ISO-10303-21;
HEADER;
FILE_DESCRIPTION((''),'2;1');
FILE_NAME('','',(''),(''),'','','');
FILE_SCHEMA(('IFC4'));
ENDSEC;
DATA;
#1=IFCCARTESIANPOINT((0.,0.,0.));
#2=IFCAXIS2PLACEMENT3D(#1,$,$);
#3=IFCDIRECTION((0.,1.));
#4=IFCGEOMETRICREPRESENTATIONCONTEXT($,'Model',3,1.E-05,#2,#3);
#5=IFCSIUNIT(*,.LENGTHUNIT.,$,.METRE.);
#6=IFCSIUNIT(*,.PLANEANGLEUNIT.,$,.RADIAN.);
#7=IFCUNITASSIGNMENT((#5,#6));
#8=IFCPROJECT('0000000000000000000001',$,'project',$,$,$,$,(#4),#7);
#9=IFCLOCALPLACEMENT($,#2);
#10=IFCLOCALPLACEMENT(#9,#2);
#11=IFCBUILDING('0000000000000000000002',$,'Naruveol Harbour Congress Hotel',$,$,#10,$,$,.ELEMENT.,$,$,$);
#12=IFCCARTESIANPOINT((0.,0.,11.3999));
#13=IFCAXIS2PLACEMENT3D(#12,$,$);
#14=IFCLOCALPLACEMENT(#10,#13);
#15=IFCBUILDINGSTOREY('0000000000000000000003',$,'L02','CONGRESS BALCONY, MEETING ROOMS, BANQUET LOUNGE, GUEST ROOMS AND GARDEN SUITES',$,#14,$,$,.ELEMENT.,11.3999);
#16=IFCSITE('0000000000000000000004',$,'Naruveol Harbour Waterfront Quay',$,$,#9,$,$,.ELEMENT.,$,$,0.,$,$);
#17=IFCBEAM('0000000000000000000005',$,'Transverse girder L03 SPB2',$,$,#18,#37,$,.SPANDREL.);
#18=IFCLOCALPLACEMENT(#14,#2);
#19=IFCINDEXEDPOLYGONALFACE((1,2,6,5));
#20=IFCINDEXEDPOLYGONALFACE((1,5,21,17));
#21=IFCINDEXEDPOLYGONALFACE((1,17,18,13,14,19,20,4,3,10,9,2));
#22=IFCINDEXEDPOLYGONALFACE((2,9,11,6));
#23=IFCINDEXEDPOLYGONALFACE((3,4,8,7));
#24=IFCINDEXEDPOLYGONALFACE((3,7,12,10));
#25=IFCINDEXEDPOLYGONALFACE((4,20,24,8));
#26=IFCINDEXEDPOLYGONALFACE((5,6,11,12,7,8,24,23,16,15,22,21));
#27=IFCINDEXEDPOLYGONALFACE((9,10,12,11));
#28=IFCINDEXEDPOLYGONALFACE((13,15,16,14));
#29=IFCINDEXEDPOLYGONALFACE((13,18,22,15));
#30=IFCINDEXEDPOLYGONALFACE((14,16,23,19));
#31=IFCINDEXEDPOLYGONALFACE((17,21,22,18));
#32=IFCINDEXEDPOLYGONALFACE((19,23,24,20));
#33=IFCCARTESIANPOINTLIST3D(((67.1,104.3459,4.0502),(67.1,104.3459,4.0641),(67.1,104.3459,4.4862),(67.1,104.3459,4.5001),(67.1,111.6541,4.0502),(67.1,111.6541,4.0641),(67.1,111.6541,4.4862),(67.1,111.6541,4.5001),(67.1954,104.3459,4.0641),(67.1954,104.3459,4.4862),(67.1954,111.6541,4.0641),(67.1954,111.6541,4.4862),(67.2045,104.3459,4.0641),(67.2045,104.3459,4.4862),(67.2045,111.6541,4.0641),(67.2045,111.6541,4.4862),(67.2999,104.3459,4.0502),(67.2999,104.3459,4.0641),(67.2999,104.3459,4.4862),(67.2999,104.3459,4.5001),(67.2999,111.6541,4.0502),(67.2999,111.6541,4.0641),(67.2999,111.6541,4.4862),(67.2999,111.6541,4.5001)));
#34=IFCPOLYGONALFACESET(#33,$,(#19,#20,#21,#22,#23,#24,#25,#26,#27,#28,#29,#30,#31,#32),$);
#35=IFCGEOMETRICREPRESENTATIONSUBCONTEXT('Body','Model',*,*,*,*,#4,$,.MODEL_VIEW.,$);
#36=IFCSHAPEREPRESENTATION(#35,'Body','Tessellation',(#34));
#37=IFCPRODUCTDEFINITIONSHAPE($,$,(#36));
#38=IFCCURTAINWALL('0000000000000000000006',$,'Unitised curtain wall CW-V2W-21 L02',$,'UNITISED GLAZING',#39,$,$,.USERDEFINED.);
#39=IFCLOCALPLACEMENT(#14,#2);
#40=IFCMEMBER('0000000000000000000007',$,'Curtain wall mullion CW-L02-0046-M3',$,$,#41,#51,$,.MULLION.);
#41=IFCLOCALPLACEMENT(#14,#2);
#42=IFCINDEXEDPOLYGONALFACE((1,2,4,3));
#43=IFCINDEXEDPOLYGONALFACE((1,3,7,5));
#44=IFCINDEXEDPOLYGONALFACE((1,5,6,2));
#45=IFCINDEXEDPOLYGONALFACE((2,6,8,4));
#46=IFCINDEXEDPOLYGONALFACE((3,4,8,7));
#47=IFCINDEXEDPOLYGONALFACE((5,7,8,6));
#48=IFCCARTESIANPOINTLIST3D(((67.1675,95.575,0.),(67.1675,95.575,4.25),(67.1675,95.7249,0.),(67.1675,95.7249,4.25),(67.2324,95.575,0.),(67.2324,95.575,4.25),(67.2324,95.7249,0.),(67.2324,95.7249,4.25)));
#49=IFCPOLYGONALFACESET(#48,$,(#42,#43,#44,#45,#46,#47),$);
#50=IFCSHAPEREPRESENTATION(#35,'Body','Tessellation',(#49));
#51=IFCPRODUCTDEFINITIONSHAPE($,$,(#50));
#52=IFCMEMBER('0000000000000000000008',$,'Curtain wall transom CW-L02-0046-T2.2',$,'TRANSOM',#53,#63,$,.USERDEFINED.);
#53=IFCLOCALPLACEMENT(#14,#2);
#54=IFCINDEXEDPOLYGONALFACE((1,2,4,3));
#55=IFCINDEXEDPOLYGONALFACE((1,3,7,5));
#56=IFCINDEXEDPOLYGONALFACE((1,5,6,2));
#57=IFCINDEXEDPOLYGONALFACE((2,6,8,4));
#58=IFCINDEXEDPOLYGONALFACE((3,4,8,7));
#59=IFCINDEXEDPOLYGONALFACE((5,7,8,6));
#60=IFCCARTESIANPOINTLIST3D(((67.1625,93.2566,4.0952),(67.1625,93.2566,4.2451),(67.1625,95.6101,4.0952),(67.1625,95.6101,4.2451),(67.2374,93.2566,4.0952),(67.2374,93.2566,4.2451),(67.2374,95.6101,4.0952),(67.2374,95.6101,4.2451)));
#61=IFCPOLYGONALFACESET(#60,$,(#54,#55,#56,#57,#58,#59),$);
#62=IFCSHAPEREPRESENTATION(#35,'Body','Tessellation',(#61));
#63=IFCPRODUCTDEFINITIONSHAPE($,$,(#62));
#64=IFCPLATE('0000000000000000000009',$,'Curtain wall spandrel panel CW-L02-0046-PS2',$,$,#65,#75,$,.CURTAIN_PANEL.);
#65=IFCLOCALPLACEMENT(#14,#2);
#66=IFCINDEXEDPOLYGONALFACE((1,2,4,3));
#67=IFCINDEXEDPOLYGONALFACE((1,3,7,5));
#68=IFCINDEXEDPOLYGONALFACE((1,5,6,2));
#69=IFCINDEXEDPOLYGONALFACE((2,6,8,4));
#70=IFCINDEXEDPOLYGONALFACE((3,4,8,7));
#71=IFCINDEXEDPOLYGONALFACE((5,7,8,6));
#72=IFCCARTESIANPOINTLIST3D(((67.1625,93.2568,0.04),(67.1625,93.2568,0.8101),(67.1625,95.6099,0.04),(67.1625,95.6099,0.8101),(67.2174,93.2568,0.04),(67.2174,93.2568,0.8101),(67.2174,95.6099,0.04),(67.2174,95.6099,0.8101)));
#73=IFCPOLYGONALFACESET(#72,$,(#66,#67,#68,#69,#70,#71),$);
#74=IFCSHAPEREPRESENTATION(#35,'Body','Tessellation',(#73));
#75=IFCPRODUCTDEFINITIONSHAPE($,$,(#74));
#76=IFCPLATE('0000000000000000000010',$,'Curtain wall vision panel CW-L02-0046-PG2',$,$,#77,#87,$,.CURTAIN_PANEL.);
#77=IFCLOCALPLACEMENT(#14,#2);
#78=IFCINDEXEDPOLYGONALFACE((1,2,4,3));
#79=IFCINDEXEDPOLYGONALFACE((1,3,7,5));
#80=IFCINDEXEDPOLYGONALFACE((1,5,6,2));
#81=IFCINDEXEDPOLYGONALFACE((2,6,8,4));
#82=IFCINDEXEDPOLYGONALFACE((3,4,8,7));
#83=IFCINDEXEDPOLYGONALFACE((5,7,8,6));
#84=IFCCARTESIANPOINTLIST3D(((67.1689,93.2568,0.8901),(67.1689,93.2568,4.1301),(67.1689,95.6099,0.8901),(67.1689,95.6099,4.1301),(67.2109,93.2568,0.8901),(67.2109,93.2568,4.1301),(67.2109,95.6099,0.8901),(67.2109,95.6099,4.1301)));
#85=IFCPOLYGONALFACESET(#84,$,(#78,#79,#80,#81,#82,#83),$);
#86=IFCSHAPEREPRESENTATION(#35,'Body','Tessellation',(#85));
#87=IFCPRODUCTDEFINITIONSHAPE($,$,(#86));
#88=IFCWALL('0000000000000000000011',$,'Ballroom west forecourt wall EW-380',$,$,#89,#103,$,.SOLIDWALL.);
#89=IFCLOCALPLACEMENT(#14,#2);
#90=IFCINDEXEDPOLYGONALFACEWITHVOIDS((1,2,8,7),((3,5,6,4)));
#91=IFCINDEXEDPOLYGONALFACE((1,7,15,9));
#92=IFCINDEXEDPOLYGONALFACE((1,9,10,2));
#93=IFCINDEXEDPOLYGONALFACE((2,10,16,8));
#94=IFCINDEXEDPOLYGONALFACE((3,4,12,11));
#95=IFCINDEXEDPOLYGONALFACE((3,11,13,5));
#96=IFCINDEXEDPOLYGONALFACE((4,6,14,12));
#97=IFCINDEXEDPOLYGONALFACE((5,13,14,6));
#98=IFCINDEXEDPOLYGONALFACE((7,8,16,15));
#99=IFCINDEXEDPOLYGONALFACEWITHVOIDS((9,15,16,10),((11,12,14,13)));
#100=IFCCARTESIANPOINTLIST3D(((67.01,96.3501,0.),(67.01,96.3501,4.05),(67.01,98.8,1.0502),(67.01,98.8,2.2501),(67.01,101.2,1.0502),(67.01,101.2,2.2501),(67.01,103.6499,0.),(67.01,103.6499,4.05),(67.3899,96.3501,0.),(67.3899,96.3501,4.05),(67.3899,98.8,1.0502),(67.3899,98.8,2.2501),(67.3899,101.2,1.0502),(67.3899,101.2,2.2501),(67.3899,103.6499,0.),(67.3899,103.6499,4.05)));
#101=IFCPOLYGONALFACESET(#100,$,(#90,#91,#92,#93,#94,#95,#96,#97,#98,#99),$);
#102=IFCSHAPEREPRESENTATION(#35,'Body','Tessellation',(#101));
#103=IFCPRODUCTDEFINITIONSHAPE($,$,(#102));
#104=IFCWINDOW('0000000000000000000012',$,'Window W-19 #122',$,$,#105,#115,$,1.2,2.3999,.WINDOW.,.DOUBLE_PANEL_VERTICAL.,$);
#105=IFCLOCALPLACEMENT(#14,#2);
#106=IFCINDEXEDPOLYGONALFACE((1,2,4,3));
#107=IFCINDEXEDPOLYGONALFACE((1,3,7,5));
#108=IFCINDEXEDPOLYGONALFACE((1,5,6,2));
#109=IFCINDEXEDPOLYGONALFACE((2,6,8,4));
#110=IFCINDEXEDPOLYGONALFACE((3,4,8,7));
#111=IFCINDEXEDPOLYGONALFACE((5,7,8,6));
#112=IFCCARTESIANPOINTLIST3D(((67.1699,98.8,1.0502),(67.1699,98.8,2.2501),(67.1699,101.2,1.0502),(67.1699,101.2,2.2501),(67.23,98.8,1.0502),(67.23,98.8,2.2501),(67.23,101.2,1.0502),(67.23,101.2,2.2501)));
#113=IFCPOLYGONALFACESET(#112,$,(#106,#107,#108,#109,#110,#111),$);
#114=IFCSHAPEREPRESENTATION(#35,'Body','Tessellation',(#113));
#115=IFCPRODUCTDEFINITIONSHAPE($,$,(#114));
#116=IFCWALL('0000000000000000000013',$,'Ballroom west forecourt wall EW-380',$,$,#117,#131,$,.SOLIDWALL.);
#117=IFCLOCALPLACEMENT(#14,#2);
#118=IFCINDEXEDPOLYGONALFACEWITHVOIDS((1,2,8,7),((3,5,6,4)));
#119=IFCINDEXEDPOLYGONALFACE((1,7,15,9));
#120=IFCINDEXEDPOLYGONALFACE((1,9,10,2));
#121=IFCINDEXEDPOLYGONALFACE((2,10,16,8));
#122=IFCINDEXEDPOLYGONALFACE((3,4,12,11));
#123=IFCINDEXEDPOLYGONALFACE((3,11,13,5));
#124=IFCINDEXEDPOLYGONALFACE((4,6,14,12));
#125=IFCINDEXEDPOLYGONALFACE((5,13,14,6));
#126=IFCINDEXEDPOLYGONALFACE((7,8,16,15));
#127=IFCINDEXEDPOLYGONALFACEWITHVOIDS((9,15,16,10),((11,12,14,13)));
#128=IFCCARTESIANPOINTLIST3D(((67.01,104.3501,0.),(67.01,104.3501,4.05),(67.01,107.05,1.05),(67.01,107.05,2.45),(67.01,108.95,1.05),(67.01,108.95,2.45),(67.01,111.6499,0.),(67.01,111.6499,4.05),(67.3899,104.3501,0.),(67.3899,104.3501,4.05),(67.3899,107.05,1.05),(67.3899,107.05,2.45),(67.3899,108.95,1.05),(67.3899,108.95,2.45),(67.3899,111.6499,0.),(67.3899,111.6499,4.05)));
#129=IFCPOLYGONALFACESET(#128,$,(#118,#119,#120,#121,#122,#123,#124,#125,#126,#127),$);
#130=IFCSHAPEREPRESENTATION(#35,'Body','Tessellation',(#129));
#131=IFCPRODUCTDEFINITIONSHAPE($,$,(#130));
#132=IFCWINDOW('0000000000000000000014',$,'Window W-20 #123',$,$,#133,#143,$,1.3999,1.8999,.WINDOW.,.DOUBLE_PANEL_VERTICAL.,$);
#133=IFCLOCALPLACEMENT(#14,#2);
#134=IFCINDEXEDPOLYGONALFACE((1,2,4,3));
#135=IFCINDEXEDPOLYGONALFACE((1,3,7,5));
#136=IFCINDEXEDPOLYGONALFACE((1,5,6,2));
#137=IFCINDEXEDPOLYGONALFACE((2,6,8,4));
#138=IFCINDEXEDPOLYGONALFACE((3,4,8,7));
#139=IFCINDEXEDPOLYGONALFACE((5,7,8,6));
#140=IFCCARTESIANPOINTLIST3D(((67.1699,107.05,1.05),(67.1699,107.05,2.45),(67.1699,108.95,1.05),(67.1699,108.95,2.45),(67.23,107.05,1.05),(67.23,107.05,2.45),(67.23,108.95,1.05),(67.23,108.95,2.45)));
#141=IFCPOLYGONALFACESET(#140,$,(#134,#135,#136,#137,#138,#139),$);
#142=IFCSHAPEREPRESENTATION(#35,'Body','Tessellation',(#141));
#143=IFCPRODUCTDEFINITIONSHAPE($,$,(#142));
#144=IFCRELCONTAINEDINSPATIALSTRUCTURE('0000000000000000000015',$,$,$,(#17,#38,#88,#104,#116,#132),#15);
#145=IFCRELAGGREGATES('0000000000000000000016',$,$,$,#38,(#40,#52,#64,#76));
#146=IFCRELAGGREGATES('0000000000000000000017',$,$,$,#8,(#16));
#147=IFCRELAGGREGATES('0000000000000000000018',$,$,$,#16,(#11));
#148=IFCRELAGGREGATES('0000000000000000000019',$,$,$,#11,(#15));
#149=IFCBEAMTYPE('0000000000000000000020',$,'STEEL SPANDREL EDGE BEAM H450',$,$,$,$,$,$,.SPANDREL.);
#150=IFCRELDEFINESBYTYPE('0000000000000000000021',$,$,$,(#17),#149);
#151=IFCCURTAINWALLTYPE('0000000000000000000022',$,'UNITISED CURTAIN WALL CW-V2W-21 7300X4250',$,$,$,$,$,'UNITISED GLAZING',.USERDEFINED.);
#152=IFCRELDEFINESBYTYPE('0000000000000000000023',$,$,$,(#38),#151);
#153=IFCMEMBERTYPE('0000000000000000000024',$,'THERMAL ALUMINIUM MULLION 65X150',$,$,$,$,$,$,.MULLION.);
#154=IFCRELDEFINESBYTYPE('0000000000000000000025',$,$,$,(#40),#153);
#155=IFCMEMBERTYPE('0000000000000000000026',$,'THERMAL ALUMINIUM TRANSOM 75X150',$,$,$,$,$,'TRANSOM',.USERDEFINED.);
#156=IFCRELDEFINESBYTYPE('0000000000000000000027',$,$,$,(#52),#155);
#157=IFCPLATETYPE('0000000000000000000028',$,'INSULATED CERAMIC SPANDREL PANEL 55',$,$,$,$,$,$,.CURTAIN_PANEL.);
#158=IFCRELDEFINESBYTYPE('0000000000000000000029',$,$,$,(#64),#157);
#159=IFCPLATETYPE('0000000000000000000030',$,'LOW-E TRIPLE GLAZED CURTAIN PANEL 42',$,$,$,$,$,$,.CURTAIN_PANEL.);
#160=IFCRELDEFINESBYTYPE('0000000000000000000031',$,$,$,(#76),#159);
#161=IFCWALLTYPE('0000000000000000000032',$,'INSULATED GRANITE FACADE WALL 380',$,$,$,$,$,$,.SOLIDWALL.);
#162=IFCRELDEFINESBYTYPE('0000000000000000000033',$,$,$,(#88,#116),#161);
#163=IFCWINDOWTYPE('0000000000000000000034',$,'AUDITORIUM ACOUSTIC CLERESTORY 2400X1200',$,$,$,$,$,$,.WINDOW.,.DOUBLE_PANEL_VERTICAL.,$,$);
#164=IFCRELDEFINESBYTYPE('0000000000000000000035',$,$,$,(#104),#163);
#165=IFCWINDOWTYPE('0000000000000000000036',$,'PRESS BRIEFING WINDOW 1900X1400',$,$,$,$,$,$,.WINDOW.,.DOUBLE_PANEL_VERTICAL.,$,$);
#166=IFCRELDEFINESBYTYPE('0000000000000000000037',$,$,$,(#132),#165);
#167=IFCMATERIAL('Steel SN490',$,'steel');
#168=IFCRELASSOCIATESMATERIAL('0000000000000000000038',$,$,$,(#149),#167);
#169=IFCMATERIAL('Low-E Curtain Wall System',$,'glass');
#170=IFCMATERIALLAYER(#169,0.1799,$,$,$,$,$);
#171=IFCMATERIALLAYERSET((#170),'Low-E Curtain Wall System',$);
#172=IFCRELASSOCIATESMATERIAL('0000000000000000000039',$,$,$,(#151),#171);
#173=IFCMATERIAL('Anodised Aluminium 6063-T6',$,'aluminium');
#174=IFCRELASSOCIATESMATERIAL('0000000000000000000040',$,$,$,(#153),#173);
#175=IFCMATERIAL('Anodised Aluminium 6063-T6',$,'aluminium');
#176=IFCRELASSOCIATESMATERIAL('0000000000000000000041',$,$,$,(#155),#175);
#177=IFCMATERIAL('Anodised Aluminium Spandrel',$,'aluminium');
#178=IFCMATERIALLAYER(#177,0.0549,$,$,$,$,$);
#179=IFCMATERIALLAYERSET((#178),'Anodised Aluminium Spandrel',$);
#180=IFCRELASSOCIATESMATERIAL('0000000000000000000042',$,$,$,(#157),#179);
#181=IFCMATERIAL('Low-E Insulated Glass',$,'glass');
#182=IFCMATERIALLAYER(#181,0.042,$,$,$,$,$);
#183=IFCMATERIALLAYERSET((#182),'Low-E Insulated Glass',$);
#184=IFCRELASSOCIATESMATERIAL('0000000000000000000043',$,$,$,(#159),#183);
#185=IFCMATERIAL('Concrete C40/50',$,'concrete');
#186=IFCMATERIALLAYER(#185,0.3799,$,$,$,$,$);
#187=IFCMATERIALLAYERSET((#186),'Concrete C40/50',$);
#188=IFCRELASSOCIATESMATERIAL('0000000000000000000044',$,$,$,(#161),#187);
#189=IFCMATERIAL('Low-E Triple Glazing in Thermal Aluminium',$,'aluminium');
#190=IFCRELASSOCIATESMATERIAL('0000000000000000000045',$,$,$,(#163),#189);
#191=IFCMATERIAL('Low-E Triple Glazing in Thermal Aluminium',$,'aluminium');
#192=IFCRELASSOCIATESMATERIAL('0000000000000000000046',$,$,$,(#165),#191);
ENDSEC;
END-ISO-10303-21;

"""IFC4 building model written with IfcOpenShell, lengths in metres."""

from ifc_helpers import new_model, si_unit, direction, frame, frame_2d, origin, origin_2d, place, context, subcontext, project, spatial, rectangle, i_section, extrude, material, layer, layer_set, material_profile, profile_set, type_object, element, fill, aggregate, save


model = new_model("IFC4")

# Units and contexts
model_context = context("Model", 3, precision=1e-05, world=origin(), true_north=direction((0.0, 1.0)))
body_context = subcontext(model_context, "Body", "Model", "MODEL_VIEW")
ifc_project = project(units=[si_unit("LENGTHUNIT", "METRE"), si_unit("PLANEANGLEUNIT", "RADIAN")], contexts=[model_context])

# Site, building, storey
site_placement = place(None, origin())
site = spatial("IfcSite", under=ifc_project, at=site_placement, Name="Naruveol Harbour Waterfront Quay", CompositionType="ELEMENT", RefElevation=0.0)
building_placement = place(site_placement, origin())
building = spatial("IfcBuilding", under=site, at=building_placement, Name="Naruveol Harbour Congress Hotel", CompositionType="ELEMENT")
storey_placement = place(building_placement, frame((0.0, 0.0, 11.3999)))
storey = spatial("IfcBuildingStorey", under=building, at=storey_placement, Name="L02", Description="CONGRESS BALCONY, MEETING ROOMS, BANQUET LOUNGE, GUEST ROOMS AND GARDEN SUITES", CompositionType="ELEMENT", Elevation=11.3999)

# Beam
ifc_material_1 = material(Name="Steel SN490", Category="steel")
ifc_material_profile_1 = material_profile(ifc_material_1, i_section(OverallWidth=0.2, OverallDepth=0.45, WebThickness=0.009, FlangeThickness=0.0139, at=origin_2d()), Name="H-450x200x9x14")
ifc_profile_set_1 = profile_set([ifc_material_profile_1], Name="Steel SN490")
beam_type_1 = type_object("IfcBeamType", Name="STEEL SPANDREL EDGE BEAM H450", PredefinedType="SPANDREL", material=ifc_profile_set_1)
for number, where, z_axis, x_axis, name in (
    (1, (67.2, 104.3459, 4.2751), (0.0, 1.0, 0.0), (-1.0, 0.0, 0.0), "Transverse girder L03 SPB2"),
):
    element("IfcBeam", number, at=place(storey_placement, frame(where, z_axis=z_axis, x_axis=x_axis)), inside=storey, type_object=beam_type_1, Name=name, PredefinedType="SPANDREL", context=body_context, shape_type="SweptSolid", body=[
        extrude(i_section(OverallWidth=0.2, OverallDepth=0.45, WebThickness=0.009, FlangeThickness=0.0139, at=origin_2d()), origin(), (0.0, 0.0, 1.0), 7.3081),
    ])

# Curtain wall, members, plates
ifc_material_2 = material(Name="Low-E Curtain Wall System", Category="glass")
ifc_layer_1 = layer(ifc_material_2, 0.1799)
ifc_layer_set_1 = layer_set([ifc_layer_1], Name="Low-E Curtain Wall System")
curtain_wall_type = type_object("IfcCurtainWallType", Name="UNITISED CURTAIN WALL CW-V2W-21 7300X4250", ElementType="UNITISED GLAZING", PredefinedType="USERDEFINED", material=ifc_layer_set_1)
curtain_wall_placement = place(storey_placement, origin())
curtain_wall = element("IfcCurtainWall", 2, at=curtain_wall_placement, inside=storey, type_object=curtain_wall_type, Name="Unitised curtain wall CW-V2W-21 L02", ObjectType="UNITISED GLAZING", PredefinedType="USERDEFINED")
ifc_material_3 = material(Name="Anodised Aluminium 6063-T6", Category="aluminium")
ifc_material_profile_2 = material_profile(ifc_material_3, rectangle(XDim=0.0649, YDim=0.1499, at=origin_2d()), Name="ALU-65x150")
ifc_profile_set_2 = profile_set([ifc_material_profile_2], Name="Anodised Aluminium 6063-T6")
member_type_1 = type_object("IfcMemberType", Name="THERMAL ALUMINIUM MULLION 65X150", PredefinedType="MULLION", material=ifc_profile_set_2)
member_1_placement = place(storey_placement, frame((67.2, 95.6499, 0.0), z_axis=(0.0, 0.0, 1.0), x_axis=(1.0, 0.0, 0.0)))
member_1 = element("IfcMember", 3, at=member_1_placement, type_object=member_type_1, Name="Curtain wall mullion CW-L02-0046-M3", PredefinedType="MULLION", context=body_context, shape_type="SweptSolid", body=[
    extrude(rectangle(XDim=0.0649, YDim=0.1499, at=origin_2d()), origin(), (0.0, 0.0, 1.0), 4.25),
])
ifc_material_4 = material(Name="Anodised Aluminium 6063-T6", Category="aluminium")
ifc_material_profile_3 = material_profile(ifc_material_4, rectangle(XDim=0.075, YDim=0.1499, at=origin_2d()), Name="ALU-75x150")
ifc_profile_set_3 = profile_set([ifc_material_profile_3], Name="Anodised Aluminium 6063-T6")
member_type_2 = type_object("IfcMemberType", Name="THERMAL ALUMINIUM TRANSOM 75X150", ElementType="TRANSOM", PredefinedType="USERDEFINED", material=ifc_profile_set_3)
member_2_placement = place(storey_placement, frame((67.2, 93.2566, 4.1702), z_axis=(0.0, 1.0, 0.0), x_axis=(-1.0, 0.0, 0.0)))
member_2 = element("IfcMember", 4, at=member_2_placement, type_object=member_type_2, Name="Curtain wall transom CW-L02-0046-T2.2", ObjectType="TRANSOM", PredefinedType="USERDEFINED", context=body_context, shape_type="SweptSolid", body=[
    extrude(rectangle(XDim=0.075, YDim=0.1499, at=origin_2d()), origin(), (0.0, 0.0, 1.0), 2.3535),
])
ifc_material_5 = material(Name="Anodised Aluminium Spandrel", Category="aluminium")
ifc_layer_2 = layer(ifc_material_5, 0.0549)
ifc_layer_set_2 = layer_set([ifc_layer_2], Name="Anodised Aluminium Spandrel")
plate_type_1 = type_object("IfcPlateType", Name="INSULATED CERAMIC SPANDREL PANEL 55", PredefinedType="CURTAIN_PANEL", material=ifc_layer_set_2)
plate_1_placement = place(storey_placement, frame((67.1899, 94.4333, 0.04), z_axis=(0.0, 0.0, 1.0), x_axis=(0.0, 1.0, 0.0)))
plate_1 = element("IfcPlate", 5, at=plate_1_placement, type_object=plate_type_1, Name="Curtain wall spandrel panel CW-L02-0046-PS2", PredefinedType="CURTAIN_PANEL", context=body_context, shape_type="SweptSolid", body=[
    extrude(rectangle(XDim=2.353, YDim=0.0549, at=origin_2d()), origin(), (0.0, 0.0, 1.0), 0.77),
])
ifc_material_6 = material(Name="Low-E Insulated Glass", Category="glass")
ifc_layer_3 = layer(ifc_material_6, 0.042)
ifc_layer_set_3 = layer_set([ifc_layer_3], Name="Low-E Insulated Glass")
plate_type_2 = type_object("IfcPlateType", Name="LOW-E TRIPLE GLAZED CURTAIN PANEL 42", PredefinedType="CURTAIN_PANEL", material=ifc_layer_set_3)
plate_2_placement = place(storey_placement, frame((67.1899, 94.4333, 0.8901), z_axis=(0.0, 0.0, 1.0), x_axis=(0.0, 1.0, 0.0)))
plate_2 = element("IfcPlate", 6, at=plate_2_placement, type_object=plate_type_2, Name="Curtain wall vision panel CW-L02-0046-PG2", PredefinedType="CURTAIN_PANEL", context=body_context, shape_type="SweptSolid", body=[
    extrude(rectangle(XDim=2.353, YDim=0.042, at=origin_2d()), origin(), (0.0, 0.0, 1.0), 3.24),
])
aggregate(curtain_wall, [member_1, member_2, plate_1, plate_2])

# Walls, openings, windows
ifc_material_7 = material(Name="Concrete C40/50", Category="concrete")
ifc_layer_4 = layer(ifc_material_7, 0.3799)
ifc_layer_set_4 = layer_set([ifc_layer_4], Name="Concrete C40/50")
wall_type_1 = type_object("IfcWallType", Name="INSULATED GRANITE FACADE WALL 380", PredefinedType="SOLIDWALL", material=ifc_layer_set_4)
wall_1_placement = place(storey_placement, frame((67.2, 96.3501, 0.0), z_axis=(0.0, 0.0, 1.0), x_axis=(0.0, 1.0, 0.0)))
wall_1 = element("IfcWall", 7, at=wall_1_placement, inside=storey, type_object=wall_type_1, Name="Ballroom west forecourt wall EW-380", PredefinedType="SOLIDWALL", context=body_context, shape_type="SweptSolid", body=[
    extrude(rectangle(XDim=7.2998, YDim=0.3799, at=frame_2d((3.6499, 0.0))), origin(), (0.0, 0.0, 1.0), 4.05),
])
opening_1_placement = place(wall_1_placement, frame((2.45, 0.0, 1.05)))
opening_1 = element("IfcOpeningElement", 8, at=opening_1_placement, cuts=wall_1, PredefinedType="OPENING", context=body_context, shape_type="SweptSolid", body=[
    extrude(rectangle(XDim=2.3999, YDim=1.2, at=frame_2d((1.2, 0.6001))), frame((0.0, 0.2, 0.0), z_axis=(0.0, -1.0, 0.0), x_axis=(1.0, 0.0, 0.0)), (0.0, 0.0, 1.0), 0.3999),
])
ifc_material_8 = material(Name="Low-E Triple Glazing in Thermal Aluminium", Category="aluminium")
window_type_1 = type_object("IfcWindowType", Name="AUDITORIUM ACOUSTIC CLERESTORY 2400X1200", PartitioningType="DOUBLE_PANEL_VERTICAL", PredefinedType="WINDOW", material=ifc_material_8)
window_1_placement = place(opening_1_placement, origin())
window_1 = element("IfcWindow", 9, at=window_1_placement, inside=storey, type_object=window_type_1, Name="Window W-19 #122", OverallHeight=1.2, OverallWidth=2.3999, PartitioningType="DOUBLE_PANEL_VERTICAL", PredefinedType="WINDOW", context=body_context, shape_type="SweptSolid", body=[
    extrude(rectangle(XDim=2.3999, YDim=1.2, at=frame_2d((1.2, 0.6001))), frame((0.0, 0.03, 0.0), z_axis=(0.0, -1.0, 0.0), x_axis=(1.0, 0.0, 0.0)), (0.0, 0.0, 1.0), 0.0601),
])
fill(opening_1, window_1)
wall_2_placement = place(storey_placement, frame((67.2, 104.3501, 0.0), z_axis=(0.0, 0.0, 1.0), x_axis=(0.0, 1.0, 0.0)))
wall_2 = element("IfcWall", 10, at=wall_2_placement, inside=storey, type_object=wall_type_1, Name="Ballroom west forecourt wall EW-380", PredefinedType="SOLIDWALL", context=body_context, shape_type="SweptSolid", body=[
    extrude(rectangle(XDim=7.2998, YDim=0.3799, at=frame_2d((3.6499, 0.0))), origin(), (0.0, 0.0, 1.0), 4.05),
])
opening_2_placement = place(wall_2_placement, frame((2.7, 0.0, 1.05)))
opening_2 = element("IfcOpeningElement", 11, at=opening_2_placement, cuts=wall_2, PredefinedType="OPENING", context=body_context, shape_type="SweptSolid", body=[
    extrude(rectangle(XDim=1.8999, YDim=1.3999, at=frame_2d((0.95, 0.7))), frame((0.0, 0.2, 0.0), z_axis=(0.0, -1.0, 0.0), x_axis=(1.0, 0.0, 0.0)), (0.0, 0.0, 1.0), 0.3999),
])
ifc_material_9 = material(Name="Low-E Triple Glazing in Thermal Aluminium", Category="aluminium")
window_type_2 = type_object("IfcWindowType", Name="PRESS BRIEFING WINDOW 1900X1400", PartitioningType="DOUBLE_PANEL_VERTICAL", PredefinedType="WINDOW", material=ifc_material_9)
window_2_placement = place(opening_2_placement, origin())
window_2 = element("IfcWindow", 12, at=window_2_placement, inside=storey, type_object=window_type_2, Name="Window W-20 #123", OverallHeight=1.3999, OverallWidth=1.8999, PartitioningType="DOUBLE_PANEL_VERTICAL", PredefinedType="WINDOW", context=body_context, shape_type="SweptSolid", body=[
    extrude(rectangle(XDim=1.8999, YDim=1.3999, at=frame_2d((0.95, 0.7))), frame((0.0, 0.03, 0.0), z_axis=(0.0, -1.0, 0.0), x_axis=(1.0, 0.0, 0.0)), (0.0, 0.0, 1.0), 0.0601),
])
fill(opening_2, window_2)

save(model, "model.ifc")
